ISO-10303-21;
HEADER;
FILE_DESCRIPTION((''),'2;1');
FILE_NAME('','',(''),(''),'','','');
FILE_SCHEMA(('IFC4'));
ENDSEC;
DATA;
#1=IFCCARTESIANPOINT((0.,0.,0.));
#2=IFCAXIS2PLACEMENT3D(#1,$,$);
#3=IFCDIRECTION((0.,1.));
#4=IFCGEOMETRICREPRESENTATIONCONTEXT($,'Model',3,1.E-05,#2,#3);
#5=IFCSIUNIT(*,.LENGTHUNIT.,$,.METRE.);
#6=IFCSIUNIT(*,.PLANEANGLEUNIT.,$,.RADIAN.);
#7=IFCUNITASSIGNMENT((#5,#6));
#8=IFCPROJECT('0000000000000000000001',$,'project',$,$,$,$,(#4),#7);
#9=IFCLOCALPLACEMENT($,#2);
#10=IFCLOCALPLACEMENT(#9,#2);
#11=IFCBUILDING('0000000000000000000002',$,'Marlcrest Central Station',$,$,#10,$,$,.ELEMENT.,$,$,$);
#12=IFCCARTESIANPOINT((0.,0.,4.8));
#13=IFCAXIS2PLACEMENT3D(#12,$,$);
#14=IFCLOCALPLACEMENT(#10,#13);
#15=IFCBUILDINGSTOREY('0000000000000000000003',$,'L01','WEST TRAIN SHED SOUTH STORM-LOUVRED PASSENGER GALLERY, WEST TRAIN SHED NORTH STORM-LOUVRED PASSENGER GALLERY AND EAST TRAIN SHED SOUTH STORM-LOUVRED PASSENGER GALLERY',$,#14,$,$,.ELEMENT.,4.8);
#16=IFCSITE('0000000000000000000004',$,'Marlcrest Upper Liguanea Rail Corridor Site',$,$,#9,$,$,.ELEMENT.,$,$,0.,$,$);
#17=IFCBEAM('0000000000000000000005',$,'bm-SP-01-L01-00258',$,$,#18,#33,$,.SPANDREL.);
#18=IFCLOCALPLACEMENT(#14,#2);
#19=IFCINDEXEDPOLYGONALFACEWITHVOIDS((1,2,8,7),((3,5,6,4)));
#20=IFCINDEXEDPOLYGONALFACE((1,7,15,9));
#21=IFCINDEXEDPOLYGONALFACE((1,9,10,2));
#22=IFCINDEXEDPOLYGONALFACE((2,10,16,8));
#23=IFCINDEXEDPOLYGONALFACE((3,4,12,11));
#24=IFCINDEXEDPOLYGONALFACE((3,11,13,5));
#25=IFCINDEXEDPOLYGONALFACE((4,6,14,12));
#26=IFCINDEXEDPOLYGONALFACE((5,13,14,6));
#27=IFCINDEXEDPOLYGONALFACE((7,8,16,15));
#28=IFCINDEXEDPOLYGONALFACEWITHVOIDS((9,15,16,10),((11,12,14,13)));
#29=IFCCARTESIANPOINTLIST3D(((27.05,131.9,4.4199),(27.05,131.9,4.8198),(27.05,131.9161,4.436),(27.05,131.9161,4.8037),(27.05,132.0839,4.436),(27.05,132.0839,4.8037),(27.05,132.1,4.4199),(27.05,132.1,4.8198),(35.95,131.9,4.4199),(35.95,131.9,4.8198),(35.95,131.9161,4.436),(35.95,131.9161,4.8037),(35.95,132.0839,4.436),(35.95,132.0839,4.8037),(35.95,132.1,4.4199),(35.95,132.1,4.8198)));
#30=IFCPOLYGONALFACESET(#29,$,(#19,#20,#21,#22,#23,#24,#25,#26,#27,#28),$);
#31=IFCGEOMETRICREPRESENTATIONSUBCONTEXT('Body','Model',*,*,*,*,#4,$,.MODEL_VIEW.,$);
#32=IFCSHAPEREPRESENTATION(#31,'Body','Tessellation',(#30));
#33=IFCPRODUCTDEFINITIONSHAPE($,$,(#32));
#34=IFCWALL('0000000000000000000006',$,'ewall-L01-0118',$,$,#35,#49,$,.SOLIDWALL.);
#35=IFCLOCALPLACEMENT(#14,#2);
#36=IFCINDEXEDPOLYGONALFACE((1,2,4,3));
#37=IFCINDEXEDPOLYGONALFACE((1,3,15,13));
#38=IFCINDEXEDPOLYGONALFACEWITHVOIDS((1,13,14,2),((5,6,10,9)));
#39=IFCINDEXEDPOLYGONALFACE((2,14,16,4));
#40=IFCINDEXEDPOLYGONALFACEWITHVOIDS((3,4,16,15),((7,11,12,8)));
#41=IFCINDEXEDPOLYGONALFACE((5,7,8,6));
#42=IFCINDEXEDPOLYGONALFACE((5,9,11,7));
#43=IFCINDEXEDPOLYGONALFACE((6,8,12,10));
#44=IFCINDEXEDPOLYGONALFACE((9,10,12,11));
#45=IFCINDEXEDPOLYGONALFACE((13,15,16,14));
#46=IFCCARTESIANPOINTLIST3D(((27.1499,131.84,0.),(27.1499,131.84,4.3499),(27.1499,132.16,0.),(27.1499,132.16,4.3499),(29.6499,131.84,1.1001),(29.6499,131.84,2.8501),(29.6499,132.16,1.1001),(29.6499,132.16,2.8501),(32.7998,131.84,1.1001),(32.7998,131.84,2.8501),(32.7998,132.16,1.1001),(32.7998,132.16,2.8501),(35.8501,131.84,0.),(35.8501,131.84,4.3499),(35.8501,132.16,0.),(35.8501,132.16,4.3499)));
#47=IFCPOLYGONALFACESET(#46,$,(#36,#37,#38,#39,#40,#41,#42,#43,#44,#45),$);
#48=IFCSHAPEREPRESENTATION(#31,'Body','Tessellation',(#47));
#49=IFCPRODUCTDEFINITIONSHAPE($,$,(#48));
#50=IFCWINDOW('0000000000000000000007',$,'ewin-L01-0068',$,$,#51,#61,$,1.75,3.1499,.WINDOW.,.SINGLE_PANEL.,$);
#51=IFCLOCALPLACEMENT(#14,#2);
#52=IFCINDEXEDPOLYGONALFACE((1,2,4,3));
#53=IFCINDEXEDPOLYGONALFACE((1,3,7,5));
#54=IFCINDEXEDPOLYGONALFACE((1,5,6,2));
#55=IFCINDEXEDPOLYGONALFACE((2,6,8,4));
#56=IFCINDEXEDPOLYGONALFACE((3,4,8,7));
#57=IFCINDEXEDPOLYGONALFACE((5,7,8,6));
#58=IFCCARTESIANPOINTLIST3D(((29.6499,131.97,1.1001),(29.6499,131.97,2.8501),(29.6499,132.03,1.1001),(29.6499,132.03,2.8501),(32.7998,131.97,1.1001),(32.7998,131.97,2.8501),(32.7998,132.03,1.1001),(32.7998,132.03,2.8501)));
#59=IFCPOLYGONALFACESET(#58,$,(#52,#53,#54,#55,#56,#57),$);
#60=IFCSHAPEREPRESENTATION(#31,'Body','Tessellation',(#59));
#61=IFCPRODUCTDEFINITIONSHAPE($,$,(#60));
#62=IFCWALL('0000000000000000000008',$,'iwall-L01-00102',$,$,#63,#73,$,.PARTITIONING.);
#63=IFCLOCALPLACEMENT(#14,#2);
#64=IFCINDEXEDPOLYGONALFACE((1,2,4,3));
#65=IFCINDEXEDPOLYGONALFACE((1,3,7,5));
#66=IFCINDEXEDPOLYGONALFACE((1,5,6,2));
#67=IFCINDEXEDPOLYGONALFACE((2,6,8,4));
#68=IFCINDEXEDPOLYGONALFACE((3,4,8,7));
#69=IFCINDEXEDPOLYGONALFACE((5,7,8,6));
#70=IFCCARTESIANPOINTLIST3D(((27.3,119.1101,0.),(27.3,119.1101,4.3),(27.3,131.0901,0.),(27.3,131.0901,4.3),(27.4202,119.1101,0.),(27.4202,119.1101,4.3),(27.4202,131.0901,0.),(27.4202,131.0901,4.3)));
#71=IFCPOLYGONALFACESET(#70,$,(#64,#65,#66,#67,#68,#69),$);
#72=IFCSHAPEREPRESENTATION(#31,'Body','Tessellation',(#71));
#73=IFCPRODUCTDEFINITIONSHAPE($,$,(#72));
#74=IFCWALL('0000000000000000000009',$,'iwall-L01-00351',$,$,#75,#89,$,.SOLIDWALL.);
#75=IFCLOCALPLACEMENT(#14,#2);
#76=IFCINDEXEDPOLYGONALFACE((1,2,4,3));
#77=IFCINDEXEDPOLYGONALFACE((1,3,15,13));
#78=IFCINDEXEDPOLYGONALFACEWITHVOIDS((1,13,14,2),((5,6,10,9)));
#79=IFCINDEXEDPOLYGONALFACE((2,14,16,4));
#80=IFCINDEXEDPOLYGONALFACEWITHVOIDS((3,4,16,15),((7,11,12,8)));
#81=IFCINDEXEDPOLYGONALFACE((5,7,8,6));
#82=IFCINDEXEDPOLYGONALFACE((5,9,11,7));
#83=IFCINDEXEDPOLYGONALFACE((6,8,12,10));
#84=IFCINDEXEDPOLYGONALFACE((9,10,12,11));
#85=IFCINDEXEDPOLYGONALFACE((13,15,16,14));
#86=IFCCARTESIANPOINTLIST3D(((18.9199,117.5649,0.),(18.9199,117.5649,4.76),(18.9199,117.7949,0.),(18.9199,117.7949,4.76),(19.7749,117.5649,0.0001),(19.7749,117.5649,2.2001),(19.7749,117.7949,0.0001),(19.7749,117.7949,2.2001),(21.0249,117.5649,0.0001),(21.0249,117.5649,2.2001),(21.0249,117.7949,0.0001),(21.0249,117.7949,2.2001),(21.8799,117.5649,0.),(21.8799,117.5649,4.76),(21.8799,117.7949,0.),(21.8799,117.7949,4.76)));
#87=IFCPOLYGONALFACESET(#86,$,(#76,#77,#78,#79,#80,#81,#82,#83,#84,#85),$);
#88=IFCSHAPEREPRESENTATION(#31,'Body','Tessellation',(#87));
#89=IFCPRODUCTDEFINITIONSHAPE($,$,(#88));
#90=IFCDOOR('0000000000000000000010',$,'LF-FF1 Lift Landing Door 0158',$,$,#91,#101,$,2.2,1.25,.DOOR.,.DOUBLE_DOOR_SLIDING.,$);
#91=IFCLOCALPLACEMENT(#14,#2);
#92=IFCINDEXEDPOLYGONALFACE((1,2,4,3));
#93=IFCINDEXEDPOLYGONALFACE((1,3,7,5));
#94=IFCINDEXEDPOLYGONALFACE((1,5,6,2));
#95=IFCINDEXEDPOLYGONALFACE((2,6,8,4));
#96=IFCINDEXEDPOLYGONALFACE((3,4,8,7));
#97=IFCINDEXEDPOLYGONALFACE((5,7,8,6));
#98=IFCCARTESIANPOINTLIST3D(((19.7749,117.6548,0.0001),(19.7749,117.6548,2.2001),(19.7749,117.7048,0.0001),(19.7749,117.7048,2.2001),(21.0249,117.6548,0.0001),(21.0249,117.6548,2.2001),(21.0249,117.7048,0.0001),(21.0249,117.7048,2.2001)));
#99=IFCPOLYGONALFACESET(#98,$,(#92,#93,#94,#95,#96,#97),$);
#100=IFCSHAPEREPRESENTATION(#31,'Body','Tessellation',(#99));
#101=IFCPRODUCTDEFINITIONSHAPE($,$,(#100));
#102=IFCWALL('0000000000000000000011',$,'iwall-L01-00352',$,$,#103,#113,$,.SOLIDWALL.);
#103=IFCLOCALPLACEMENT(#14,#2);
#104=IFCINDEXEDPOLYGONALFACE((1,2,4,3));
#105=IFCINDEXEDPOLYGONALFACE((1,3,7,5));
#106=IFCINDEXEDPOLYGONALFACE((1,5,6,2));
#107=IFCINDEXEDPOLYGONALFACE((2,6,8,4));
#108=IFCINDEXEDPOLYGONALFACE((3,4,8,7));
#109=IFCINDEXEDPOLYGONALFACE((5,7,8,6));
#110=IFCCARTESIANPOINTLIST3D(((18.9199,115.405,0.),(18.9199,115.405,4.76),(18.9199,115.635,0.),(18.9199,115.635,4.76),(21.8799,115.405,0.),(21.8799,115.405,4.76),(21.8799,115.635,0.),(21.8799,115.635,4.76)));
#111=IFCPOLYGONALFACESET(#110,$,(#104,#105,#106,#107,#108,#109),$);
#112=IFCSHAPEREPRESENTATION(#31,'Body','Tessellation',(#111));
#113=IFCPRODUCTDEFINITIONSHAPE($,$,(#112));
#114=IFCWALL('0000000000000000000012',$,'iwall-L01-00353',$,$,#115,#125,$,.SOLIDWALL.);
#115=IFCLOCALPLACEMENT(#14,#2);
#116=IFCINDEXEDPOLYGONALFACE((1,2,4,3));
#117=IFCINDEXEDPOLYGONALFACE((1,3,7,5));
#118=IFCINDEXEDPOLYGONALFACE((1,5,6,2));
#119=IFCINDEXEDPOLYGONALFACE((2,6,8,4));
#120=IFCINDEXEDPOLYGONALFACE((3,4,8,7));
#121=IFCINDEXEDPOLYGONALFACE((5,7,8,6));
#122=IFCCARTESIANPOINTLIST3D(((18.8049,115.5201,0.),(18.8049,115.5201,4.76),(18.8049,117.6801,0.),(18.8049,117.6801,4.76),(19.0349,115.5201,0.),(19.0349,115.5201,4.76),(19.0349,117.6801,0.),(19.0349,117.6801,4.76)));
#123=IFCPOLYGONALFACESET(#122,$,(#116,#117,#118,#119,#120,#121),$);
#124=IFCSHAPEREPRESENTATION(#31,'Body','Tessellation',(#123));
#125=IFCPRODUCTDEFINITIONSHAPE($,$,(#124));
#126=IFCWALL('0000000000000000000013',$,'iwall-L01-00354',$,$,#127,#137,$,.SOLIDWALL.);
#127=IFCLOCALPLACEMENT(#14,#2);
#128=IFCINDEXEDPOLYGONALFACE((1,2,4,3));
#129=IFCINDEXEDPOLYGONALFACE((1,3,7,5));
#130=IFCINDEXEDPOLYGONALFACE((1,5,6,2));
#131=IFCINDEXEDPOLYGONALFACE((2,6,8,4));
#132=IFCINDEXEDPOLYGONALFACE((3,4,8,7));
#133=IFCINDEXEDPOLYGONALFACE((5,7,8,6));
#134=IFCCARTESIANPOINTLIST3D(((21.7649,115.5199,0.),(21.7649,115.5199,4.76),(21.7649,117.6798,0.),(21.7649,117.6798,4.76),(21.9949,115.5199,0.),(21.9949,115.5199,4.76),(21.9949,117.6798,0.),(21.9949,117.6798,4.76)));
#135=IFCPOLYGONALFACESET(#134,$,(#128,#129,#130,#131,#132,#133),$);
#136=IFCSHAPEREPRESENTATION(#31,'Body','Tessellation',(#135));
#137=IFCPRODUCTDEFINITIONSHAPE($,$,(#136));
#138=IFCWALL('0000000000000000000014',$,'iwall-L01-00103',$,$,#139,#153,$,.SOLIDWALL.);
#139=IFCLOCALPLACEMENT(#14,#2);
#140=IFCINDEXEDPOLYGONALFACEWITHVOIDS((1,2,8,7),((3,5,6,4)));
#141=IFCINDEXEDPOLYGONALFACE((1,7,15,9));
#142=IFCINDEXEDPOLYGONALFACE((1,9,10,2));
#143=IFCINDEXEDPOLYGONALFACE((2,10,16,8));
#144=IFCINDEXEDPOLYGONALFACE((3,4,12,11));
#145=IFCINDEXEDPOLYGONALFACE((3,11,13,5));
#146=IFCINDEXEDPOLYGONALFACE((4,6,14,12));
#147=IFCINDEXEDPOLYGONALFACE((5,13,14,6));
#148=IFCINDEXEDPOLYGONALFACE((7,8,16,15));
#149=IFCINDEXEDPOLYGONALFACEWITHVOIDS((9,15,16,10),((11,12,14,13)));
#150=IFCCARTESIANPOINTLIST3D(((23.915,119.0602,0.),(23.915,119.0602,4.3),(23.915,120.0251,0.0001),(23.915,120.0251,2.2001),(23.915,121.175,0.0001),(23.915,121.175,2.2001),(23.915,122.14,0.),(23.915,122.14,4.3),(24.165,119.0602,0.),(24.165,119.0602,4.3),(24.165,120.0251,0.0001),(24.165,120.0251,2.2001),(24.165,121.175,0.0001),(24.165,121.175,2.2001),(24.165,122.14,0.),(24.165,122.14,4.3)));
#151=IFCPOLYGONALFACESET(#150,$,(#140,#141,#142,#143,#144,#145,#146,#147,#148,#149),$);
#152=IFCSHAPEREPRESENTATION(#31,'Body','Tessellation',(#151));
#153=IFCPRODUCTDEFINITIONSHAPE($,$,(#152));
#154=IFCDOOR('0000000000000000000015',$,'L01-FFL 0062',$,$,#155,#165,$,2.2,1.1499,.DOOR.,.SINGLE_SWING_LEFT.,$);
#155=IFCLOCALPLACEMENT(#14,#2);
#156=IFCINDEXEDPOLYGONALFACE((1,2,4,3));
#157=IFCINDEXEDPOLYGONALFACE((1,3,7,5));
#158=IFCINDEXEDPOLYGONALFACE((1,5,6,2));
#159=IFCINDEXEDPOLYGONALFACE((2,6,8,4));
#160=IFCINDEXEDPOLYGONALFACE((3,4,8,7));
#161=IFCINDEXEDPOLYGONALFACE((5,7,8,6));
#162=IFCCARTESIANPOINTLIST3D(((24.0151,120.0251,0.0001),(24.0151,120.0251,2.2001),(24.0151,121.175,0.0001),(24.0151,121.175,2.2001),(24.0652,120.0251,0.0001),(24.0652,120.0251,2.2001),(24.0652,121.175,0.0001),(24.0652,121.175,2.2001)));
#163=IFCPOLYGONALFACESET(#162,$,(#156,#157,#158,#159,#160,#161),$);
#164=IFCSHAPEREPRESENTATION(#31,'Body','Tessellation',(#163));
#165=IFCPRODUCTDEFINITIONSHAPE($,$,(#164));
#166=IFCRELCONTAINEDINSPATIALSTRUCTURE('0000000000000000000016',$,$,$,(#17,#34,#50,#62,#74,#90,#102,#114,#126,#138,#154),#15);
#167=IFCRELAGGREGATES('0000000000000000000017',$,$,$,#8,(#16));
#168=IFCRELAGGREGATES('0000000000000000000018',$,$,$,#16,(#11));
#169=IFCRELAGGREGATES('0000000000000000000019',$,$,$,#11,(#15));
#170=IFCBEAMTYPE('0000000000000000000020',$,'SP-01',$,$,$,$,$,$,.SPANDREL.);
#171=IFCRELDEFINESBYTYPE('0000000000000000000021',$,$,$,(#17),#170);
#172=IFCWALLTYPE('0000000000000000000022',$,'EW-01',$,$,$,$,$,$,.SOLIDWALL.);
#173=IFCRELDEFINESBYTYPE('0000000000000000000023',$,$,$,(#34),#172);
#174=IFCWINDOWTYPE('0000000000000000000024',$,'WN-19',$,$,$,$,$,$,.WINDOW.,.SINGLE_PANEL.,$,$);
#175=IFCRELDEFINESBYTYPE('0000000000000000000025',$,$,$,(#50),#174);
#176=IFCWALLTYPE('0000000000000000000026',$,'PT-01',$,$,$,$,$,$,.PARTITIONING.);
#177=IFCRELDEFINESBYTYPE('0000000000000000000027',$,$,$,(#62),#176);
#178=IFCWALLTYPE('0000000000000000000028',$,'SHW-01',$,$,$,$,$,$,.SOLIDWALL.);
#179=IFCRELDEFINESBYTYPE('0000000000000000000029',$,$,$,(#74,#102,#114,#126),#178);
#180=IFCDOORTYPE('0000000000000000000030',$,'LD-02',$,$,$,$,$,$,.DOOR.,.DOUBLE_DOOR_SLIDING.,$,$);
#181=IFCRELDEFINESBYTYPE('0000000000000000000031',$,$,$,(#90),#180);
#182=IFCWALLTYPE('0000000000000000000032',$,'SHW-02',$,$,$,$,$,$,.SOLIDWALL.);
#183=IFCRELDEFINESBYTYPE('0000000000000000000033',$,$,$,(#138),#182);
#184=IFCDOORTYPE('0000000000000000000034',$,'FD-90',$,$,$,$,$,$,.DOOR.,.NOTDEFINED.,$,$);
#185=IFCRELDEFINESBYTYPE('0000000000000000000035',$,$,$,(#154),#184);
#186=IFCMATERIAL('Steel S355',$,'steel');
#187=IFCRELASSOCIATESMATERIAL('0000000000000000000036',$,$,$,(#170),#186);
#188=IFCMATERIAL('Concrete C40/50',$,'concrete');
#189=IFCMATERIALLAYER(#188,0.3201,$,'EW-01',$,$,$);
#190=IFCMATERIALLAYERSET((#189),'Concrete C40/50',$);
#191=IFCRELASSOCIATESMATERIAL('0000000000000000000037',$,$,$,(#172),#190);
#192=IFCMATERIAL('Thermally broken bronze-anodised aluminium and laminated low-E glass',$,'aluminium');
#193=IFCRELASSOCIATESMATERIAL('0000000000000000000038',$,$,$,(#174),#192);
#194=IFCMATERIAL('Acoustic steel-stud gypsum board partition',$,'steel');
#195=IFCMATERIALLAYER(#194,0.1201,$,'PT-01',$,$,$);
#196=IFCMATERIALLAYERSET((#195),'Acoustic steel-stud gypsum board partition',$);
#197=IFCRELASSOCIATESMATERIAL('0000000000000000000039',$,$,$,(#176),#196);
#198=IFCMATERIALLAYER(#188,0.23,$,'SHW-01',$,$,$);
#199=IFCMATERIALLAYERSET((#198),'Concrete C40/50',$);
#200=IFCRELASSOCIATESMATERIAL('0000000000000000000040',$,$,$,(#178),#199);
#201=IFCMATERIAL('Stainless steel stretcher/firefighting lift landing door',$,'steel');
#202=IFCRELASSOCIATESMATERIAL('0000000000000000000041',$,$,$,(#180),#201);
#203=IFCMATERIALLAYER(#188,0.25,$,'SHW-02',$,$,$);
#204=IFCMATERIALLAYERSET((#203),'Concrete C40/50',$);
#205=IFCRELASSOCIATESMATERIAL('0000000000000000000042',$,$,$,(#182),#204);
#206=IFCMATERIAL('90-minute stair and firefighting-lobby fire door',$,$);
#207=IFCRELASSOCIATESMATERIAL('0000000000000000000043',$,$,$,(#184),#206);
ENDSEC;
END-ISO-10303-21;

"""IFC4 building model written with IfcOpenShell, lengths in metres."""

from ifc_helpers import new_model, si_unit, direction, frame, frame_2d, origin, origin_2d, place, context, subcontext, project, spatial, rectangle, hollow_rectangle, extrude, material, layer, layer_set, material_profile, profile_set, type_object, element, fill, save


model = new_model("IFC4")

# Units and contexts
model_context = context("Model", 3, precision=1e-05, world=origin(), true_north=direction((0.0, 1.0)))
body_context = subcontext(model_context, "Body", "Model", "MODEL_VIEW")
ifc_project = project(units=[si_unit("LENGTHUNIT", "METRE"), si_unit("PLANEANGLEUNIT", "RADIAN")], contexts=[model_context])

# Site, building, storey
site_placement = place(None, origin())
site = spatial("IfcSite", under=ifc_project, at=site_placement, Name="Marlcrest Upper Liguanea Rail Corridor Site", CompositionType="ELEMENT", RefElevation=0.0)
building_placement = place(site_placement, origin())
building = spatial("IfcBuilding", under=site, at=building_placement, Name="Marlcrest Central Station", CompositionType="ELEMENT")
storey_placement = place(building_placement, frame((0.0, 0.0, 4.8)))
storey = spatial("IfcBuildingStorey", under=building, at=storey_placement, Name="L01", Description="WEST TRAIN SHED SOUTH STORM-LOUVRED PASSENGER GALLERY, WEST TRAIN SHED NORTH STORM-LOUVRED PASSENGER GALLERY AND EAST TRAIN SHED SOUTH STORM-LOUVRED PASSENGER GALLERY", CompositionType="ELEMENT", Elevation=4.8)

# Shared definitions
ifc_material_1 = material(Name="Steel S355", Category="steel")

# Beam
ifc_material_profile_1 = material_profile(ifc_material_1, hollow_rectangle(XDim=0.2, YDim=0.3999, WallThickness=0.0161, at=origin_2d()), Name="RHS 400x200x16")
ifc_profile_set_1 = profile_set([ifc_material_profile_1], Name="Steel S355")
beam_type_1 = type_object("IfcBeamType", Name="SP-01", PredefinedType="SPANDREL", material=ifc_profile_set_1)
beam_1_placement = place(storey_placement, frame((27.05, 132.0, 4.6199), z_axis=(1.0, 0.0, 0.0), x_axis=(0.0, 1.0, 0.0)))
element("IfcBeam", 1, at=beam_1_placement, inside=storey, type_object=beam_type_1, Name="bm-SP-01-L01-00258", PredefinedType="SPANDREL", context=body_context, shape_type="SweptSolid", body=[
    extrude(hollow_rectangle(XDim=0.2, YDim=0.3999, WallThickness=0.0161, at=origin_2d()), origin(), (0.0, 0.0, 1.0), 8.8999),
])

# Wall, opening, window
ifc_material_2 = material(Name="Concrete C40/50", Category="concrete")
ifc_layer_1 = layer(ifc_material_2, 0.3201, Name="EW-01")
ifc_layer_set_1 = layer_set([ifc_layer_1], Name="Concrete C40/50")
wall_type_1 = type_object("IfcWallType", Name="EW-01", PredefinedType="SOLIDWALL", material=ifc_layer_set_1)
wall_1_placement = place(storey_placement, frame((27.1499, 132.0, 0.0), z_axis=(0.0, 0.0, 1.0), x_axis=(1.0, 0.0, 0.0)))
wall_1 = element("IfcWall", 2, at=wall_1_placement, inside=storey, type_object=wall_type_1, Name="ewall-L01-0118", PredefinedType="SOLIDWALL", context=body_context, shape_type="SweptSolid", body=[
    extrude(rectangle(XDim=8.7002, YDim=0.3201, at=frame_2d((4.3501, 0.0))), origin(), (0.0, 0.0, 1.0), 4.3499),
])
opening_1_placement = place(wall_1_placement, frame((2.5, 0.0, 1.1001)))
opening_1 = element("IfcOpeningElement", 3, at=opening_1_placement, cuts=wall_1, PredefinedType="OPENING", context=body_context, shape_type="SweptSolid", body=[
    extrude(rectangle(XDim=3.1499, YDim=1.75, at=frame_2d((1.575, 0.875))), frame((0.0, 0.1699, 0.0), z_axis=(0.0, -1.0, 0.0), x_axis=(1.0, 0.0, 0.0)), (0.0, 0.0, 1.0), 0.3401),
])
ifc_material_3 = material(Name="Thermally broken bronze-anodised aluminium and laminated low-E glass", Category="aluminium")
window_type = type_object("IfcWindowType", Name="WN-19", PartitioningType="SINGLE_PANEL", PredefinedType="WINDOW", material=ifc_material_3)
window_placement = place(opening_1_placement, origin())
window = element("IfcWindow", 4, at=window_placement, inside=storey, type_object=window_type, Name="ewin-L01-0068", OverallHeight=1.75, OverallWidth=3.1499, PartitioningType="SINGLE_PANEL", PredefinedType="WINDOW", context=body_context, shape_type="SweptSolid", body=[
    extrude(rectangle(XDim=3.1499, YDim=1.75, at=frame_2d((1.575, 0.875))), frame((0.0, 0.03, 0.0), z_axis=(0.0, -1.0, 0.0), x_axis=(1.0, 0.0, 0.0)), (0.0, 0.0, 1.0), 0.0601),
])
fill(opening_1, window)

# Wall
ifc_material_4 = material(Name="Acoustic steel-stud gypsum board partition", Category="steel")
ifc_layer_2 = layer(ifc_material_4, 0.1201, Name="PT-01")
ifc_layer_set_2 = layer_set([ifc_layer_2], Name="Acoustic steel-stud gypsum board partition")
wall_type_2 = type_object("IfcWallType", Name="PT-01", PredefinedType="PARTITIONING", material=ifc_layer_set_2)
wall_2_placement = place(storey_placement, frame((27.3601, 119.1101, 0.0), z_axis=(0.0, 0.0, 1.0), x_axis=(0.0, 1.0, 0.0)))
element("IfcWall", 5, at=wall_2_placement, inside=storey, type_object=wall_type_2, Name="iwall-L01-00102", PredefinedType="PARTITIONING", context=body_context, shape_type="SweptSolid", body=[
    extrude(rectangle(XDim=11.98, YDim=0.1201, at=frame_2d((5.99, 0.0))), origin(), (0.0, 0.0, 1.0), 4.3),
])

# Wall, opening, door
ifc_layer_3 = layer(ifc_material_2, 0.23, Name="SHW-01")
ifc_layer_set_3 = layer_set([ifc_layer_3], Name="Concrete C40/50")
wall_type_3 = type_object("IfcWallType", Name="SHW-01", PredefinedType="SOLIDWALL", material=ifc_layer_set_3)
wall_3_placement = place(storey_placement, frame((18.9199, 117.6799, 0.0), z_axis=(0.0, 0.0, 1.0), x_axis=(1.0, 0.0, 0.0)))
wall_3 = element("IfcWall", 6, at=wall_3_placement, inside=storey, type_object=wall_type_3, Name="iwall-L01-00351", PredefinedType="SOLIDWALL", context=body_context, shape_type="SweptSolid", body=[
    extrude(rectangle(XDim=2.96, YDim=0.23, at=frame_2d((1.48, 0.0))), origin(), (0.0, 0.0, 1.0), 4.76),
])
opening_2_placement = place(wall_3_placement, frame((0.855, 0.0, 0.0)))
opening_2 = element("IfcOpeningElement", 7, at=opening_2_placement, cuts=wall_3, PredefinedType="OPENING", context=body_context, shape_type="SweptSolid", body=[
    extrude(rectangle(XDim=1.25, YDim=2.2, at=frame_2d((0.625, 1.1001))), frame((0.0, 0.125, 0.0), z_axis=(0.0, -1.0, 0.0), x_axis=(1.0, 0.0, 0.0)), (0.0, 0.0, 1.0), 0.25),
])
ifc_material_5 = material(Name="Stainless steel stretcher/firefighting lift landing door", Category="steel")
door_type_1 = type_object("IfcDoorType", Name="LD-02", OperationType="DOUBLE_DOOR_SLIDING", PredefinedType="DOOR", material=ifc_material_5)
door_1_placement = place(opening_2_placement, origin())
door_1 = element("IfcDoor", 8, at=door_1_placement, inside=storey, type_object=door_type_1, Name="LF-FF1 Lift Landing Door 0158", OperationType="DOUBLE_DOOR_SLIDING", OverallHeight=2.2, OverallWidth=1.25, PredefinedType="DOOR", context=body_context, shape_type="SweptSolid", body=[
    extrude(rectangle(XDim=1.25, YDim=2.2, at=frame_2d((0.625, 1.1001))), frame((0.0, 0.0249, 0.0), z_axis=(0.0, -1.0, 0.0), x_axis=(1.0, 0.0, 0.0)), (0.0, 0.0, 1.0), 0.05),
])
fill(opening_2, door_1)

# Walls
wall_4_placement = place(storey_placement, frame((21.8799, 115.52, 0.0), z_axis=(0.0, 0.0, 1.0), x_axis=(-1.0, 0.0, 0.0)))
element("IfcWall", 9, at=wall_4_placement, inside=storey, type_object=wall_type_3, Name="iwall-L01-00352", PredefinedType="SOLIDWALL", context=body_context, shape_type="SweptSolid", body=[
    extrude(rectangle(XDim=2.96, YDim=0.23, at=frame_2d((1.48, 0.0))), origin(), (0.0, 0.0, 1.0), 4.76),
])
for number, where, z_axis, x_axis, name in (
    (10, (18.9199, 115.52, 0.0), (0.0, 0.0, 1.0), (0.0, 1.0, 0.0), "iwall-L01-00353"),
    (11, (21.8799, 117.6799, 0.0), (0.0, 0.0, 1.0), (0.0, -1.0, 0.0), "iwall-L01-00354"),
):
    element("IfcWall", number, at=place(storey_placement, frame(where, z_axis=z_axis, x_axis=x_axis)), inside=storey, type_object=wall_type_3, Name=name, PredefinedType="SOLIDWALL", context=body_context, shape_type="SweptSolid", body=[
        extrude(rectangle(XDim=2.1599, YDim=0.23, at=frame_2d((1.0801, 0.0))), origin(), (0.0, 0.0, 1.0), 4.76),
    ])

# Wall, opening, door
ifc_layer_4 = layer(ifc_material_2, 0.25, Name="SHW-02")
ifc_layer_set_4 = layer_set([ifc_layer_4], Name="Concrete C40/50")
wall_type_4 = type_object("IfcWallType", Name="SHW-02", PredefinedType="SOLIDWALL", material=ifc_layer_set_4)
wall_5_placement = place(storey_placement, frame((24.04, 119.0601, 0.0), z_axis=(0.0, 0.0, 1.0), x_axis=(0.0, 1.0, 0.0)))
wall_5 = element("IfcWall", 12, at=wall_5_placement, inside=storey, type_object=wall_type_4, Name="iwall-L01-00103", PredefinedType="SOLIDWALL", context=body_context, shape_type="SweptSolid", body=[
    extrude(rectangle(XDim=3.0798, YDim=0.25, at=frame_2d((1.54, 0.0))), origin(), (0.0, 0.0, 1.0), 4.3),
])
opening_3_placement = place(wall_5_placement, frame((0.9651, 0.0, 0.0)))
opening_3 = element("IfcOpeningElement", 13, at=opening_3_placement, cuts=wall_5, PredefinedType="OPENING", context=body_context, shape_type="SweptSolid", body=[
    extrude(rectangle(XDim=1.1499, YDim=2.2, at=frame_2d((0.575, 1.1001))), frame((0.0, 0.135, 0.0), z_axis=(0.0, -1.0, 0.0), x_axis=(1.0, 0.0, 0.0)), (0.0, 0.0, 1.0), 0.27),
])
ifc_material_6 = material(Name="90-minute stair and firefighting-lobby fire door")
door_type_2 = type_object("IfcDoorType", Name="FD-90", OperationType="NOTDEFINED", PredefinedType="DOOR", material=ifc_material_6)
door_2_placement = place(opening_3_placement, origin())
door_2 = element("IfcDoor", 14, at=door_2_placement, inside=storey, type_object=door_type_2, Name="L01-FFL 0062", OperationType="SINGLE_SWING_LEFT", OverallHeight=2.2, OverallWidth=1.1499, PredefinedType="DOOR", context=body_context, shape_type="SweptSolid", body=[
    extrude(rectangle(XDim=1.1499, YDim=2.2, at=frame_2d((0.575, 1.1001))), frame((0.0, 0.0249, 0.0), z_axis=(0.0, -1.0, 0.0), x_axis=(1.0, 0.0, 0.0)), (0.0, 0.0, 1.0), 0.05),
])
fill(opening_3, door_2)

save(model, "model.ifc")
